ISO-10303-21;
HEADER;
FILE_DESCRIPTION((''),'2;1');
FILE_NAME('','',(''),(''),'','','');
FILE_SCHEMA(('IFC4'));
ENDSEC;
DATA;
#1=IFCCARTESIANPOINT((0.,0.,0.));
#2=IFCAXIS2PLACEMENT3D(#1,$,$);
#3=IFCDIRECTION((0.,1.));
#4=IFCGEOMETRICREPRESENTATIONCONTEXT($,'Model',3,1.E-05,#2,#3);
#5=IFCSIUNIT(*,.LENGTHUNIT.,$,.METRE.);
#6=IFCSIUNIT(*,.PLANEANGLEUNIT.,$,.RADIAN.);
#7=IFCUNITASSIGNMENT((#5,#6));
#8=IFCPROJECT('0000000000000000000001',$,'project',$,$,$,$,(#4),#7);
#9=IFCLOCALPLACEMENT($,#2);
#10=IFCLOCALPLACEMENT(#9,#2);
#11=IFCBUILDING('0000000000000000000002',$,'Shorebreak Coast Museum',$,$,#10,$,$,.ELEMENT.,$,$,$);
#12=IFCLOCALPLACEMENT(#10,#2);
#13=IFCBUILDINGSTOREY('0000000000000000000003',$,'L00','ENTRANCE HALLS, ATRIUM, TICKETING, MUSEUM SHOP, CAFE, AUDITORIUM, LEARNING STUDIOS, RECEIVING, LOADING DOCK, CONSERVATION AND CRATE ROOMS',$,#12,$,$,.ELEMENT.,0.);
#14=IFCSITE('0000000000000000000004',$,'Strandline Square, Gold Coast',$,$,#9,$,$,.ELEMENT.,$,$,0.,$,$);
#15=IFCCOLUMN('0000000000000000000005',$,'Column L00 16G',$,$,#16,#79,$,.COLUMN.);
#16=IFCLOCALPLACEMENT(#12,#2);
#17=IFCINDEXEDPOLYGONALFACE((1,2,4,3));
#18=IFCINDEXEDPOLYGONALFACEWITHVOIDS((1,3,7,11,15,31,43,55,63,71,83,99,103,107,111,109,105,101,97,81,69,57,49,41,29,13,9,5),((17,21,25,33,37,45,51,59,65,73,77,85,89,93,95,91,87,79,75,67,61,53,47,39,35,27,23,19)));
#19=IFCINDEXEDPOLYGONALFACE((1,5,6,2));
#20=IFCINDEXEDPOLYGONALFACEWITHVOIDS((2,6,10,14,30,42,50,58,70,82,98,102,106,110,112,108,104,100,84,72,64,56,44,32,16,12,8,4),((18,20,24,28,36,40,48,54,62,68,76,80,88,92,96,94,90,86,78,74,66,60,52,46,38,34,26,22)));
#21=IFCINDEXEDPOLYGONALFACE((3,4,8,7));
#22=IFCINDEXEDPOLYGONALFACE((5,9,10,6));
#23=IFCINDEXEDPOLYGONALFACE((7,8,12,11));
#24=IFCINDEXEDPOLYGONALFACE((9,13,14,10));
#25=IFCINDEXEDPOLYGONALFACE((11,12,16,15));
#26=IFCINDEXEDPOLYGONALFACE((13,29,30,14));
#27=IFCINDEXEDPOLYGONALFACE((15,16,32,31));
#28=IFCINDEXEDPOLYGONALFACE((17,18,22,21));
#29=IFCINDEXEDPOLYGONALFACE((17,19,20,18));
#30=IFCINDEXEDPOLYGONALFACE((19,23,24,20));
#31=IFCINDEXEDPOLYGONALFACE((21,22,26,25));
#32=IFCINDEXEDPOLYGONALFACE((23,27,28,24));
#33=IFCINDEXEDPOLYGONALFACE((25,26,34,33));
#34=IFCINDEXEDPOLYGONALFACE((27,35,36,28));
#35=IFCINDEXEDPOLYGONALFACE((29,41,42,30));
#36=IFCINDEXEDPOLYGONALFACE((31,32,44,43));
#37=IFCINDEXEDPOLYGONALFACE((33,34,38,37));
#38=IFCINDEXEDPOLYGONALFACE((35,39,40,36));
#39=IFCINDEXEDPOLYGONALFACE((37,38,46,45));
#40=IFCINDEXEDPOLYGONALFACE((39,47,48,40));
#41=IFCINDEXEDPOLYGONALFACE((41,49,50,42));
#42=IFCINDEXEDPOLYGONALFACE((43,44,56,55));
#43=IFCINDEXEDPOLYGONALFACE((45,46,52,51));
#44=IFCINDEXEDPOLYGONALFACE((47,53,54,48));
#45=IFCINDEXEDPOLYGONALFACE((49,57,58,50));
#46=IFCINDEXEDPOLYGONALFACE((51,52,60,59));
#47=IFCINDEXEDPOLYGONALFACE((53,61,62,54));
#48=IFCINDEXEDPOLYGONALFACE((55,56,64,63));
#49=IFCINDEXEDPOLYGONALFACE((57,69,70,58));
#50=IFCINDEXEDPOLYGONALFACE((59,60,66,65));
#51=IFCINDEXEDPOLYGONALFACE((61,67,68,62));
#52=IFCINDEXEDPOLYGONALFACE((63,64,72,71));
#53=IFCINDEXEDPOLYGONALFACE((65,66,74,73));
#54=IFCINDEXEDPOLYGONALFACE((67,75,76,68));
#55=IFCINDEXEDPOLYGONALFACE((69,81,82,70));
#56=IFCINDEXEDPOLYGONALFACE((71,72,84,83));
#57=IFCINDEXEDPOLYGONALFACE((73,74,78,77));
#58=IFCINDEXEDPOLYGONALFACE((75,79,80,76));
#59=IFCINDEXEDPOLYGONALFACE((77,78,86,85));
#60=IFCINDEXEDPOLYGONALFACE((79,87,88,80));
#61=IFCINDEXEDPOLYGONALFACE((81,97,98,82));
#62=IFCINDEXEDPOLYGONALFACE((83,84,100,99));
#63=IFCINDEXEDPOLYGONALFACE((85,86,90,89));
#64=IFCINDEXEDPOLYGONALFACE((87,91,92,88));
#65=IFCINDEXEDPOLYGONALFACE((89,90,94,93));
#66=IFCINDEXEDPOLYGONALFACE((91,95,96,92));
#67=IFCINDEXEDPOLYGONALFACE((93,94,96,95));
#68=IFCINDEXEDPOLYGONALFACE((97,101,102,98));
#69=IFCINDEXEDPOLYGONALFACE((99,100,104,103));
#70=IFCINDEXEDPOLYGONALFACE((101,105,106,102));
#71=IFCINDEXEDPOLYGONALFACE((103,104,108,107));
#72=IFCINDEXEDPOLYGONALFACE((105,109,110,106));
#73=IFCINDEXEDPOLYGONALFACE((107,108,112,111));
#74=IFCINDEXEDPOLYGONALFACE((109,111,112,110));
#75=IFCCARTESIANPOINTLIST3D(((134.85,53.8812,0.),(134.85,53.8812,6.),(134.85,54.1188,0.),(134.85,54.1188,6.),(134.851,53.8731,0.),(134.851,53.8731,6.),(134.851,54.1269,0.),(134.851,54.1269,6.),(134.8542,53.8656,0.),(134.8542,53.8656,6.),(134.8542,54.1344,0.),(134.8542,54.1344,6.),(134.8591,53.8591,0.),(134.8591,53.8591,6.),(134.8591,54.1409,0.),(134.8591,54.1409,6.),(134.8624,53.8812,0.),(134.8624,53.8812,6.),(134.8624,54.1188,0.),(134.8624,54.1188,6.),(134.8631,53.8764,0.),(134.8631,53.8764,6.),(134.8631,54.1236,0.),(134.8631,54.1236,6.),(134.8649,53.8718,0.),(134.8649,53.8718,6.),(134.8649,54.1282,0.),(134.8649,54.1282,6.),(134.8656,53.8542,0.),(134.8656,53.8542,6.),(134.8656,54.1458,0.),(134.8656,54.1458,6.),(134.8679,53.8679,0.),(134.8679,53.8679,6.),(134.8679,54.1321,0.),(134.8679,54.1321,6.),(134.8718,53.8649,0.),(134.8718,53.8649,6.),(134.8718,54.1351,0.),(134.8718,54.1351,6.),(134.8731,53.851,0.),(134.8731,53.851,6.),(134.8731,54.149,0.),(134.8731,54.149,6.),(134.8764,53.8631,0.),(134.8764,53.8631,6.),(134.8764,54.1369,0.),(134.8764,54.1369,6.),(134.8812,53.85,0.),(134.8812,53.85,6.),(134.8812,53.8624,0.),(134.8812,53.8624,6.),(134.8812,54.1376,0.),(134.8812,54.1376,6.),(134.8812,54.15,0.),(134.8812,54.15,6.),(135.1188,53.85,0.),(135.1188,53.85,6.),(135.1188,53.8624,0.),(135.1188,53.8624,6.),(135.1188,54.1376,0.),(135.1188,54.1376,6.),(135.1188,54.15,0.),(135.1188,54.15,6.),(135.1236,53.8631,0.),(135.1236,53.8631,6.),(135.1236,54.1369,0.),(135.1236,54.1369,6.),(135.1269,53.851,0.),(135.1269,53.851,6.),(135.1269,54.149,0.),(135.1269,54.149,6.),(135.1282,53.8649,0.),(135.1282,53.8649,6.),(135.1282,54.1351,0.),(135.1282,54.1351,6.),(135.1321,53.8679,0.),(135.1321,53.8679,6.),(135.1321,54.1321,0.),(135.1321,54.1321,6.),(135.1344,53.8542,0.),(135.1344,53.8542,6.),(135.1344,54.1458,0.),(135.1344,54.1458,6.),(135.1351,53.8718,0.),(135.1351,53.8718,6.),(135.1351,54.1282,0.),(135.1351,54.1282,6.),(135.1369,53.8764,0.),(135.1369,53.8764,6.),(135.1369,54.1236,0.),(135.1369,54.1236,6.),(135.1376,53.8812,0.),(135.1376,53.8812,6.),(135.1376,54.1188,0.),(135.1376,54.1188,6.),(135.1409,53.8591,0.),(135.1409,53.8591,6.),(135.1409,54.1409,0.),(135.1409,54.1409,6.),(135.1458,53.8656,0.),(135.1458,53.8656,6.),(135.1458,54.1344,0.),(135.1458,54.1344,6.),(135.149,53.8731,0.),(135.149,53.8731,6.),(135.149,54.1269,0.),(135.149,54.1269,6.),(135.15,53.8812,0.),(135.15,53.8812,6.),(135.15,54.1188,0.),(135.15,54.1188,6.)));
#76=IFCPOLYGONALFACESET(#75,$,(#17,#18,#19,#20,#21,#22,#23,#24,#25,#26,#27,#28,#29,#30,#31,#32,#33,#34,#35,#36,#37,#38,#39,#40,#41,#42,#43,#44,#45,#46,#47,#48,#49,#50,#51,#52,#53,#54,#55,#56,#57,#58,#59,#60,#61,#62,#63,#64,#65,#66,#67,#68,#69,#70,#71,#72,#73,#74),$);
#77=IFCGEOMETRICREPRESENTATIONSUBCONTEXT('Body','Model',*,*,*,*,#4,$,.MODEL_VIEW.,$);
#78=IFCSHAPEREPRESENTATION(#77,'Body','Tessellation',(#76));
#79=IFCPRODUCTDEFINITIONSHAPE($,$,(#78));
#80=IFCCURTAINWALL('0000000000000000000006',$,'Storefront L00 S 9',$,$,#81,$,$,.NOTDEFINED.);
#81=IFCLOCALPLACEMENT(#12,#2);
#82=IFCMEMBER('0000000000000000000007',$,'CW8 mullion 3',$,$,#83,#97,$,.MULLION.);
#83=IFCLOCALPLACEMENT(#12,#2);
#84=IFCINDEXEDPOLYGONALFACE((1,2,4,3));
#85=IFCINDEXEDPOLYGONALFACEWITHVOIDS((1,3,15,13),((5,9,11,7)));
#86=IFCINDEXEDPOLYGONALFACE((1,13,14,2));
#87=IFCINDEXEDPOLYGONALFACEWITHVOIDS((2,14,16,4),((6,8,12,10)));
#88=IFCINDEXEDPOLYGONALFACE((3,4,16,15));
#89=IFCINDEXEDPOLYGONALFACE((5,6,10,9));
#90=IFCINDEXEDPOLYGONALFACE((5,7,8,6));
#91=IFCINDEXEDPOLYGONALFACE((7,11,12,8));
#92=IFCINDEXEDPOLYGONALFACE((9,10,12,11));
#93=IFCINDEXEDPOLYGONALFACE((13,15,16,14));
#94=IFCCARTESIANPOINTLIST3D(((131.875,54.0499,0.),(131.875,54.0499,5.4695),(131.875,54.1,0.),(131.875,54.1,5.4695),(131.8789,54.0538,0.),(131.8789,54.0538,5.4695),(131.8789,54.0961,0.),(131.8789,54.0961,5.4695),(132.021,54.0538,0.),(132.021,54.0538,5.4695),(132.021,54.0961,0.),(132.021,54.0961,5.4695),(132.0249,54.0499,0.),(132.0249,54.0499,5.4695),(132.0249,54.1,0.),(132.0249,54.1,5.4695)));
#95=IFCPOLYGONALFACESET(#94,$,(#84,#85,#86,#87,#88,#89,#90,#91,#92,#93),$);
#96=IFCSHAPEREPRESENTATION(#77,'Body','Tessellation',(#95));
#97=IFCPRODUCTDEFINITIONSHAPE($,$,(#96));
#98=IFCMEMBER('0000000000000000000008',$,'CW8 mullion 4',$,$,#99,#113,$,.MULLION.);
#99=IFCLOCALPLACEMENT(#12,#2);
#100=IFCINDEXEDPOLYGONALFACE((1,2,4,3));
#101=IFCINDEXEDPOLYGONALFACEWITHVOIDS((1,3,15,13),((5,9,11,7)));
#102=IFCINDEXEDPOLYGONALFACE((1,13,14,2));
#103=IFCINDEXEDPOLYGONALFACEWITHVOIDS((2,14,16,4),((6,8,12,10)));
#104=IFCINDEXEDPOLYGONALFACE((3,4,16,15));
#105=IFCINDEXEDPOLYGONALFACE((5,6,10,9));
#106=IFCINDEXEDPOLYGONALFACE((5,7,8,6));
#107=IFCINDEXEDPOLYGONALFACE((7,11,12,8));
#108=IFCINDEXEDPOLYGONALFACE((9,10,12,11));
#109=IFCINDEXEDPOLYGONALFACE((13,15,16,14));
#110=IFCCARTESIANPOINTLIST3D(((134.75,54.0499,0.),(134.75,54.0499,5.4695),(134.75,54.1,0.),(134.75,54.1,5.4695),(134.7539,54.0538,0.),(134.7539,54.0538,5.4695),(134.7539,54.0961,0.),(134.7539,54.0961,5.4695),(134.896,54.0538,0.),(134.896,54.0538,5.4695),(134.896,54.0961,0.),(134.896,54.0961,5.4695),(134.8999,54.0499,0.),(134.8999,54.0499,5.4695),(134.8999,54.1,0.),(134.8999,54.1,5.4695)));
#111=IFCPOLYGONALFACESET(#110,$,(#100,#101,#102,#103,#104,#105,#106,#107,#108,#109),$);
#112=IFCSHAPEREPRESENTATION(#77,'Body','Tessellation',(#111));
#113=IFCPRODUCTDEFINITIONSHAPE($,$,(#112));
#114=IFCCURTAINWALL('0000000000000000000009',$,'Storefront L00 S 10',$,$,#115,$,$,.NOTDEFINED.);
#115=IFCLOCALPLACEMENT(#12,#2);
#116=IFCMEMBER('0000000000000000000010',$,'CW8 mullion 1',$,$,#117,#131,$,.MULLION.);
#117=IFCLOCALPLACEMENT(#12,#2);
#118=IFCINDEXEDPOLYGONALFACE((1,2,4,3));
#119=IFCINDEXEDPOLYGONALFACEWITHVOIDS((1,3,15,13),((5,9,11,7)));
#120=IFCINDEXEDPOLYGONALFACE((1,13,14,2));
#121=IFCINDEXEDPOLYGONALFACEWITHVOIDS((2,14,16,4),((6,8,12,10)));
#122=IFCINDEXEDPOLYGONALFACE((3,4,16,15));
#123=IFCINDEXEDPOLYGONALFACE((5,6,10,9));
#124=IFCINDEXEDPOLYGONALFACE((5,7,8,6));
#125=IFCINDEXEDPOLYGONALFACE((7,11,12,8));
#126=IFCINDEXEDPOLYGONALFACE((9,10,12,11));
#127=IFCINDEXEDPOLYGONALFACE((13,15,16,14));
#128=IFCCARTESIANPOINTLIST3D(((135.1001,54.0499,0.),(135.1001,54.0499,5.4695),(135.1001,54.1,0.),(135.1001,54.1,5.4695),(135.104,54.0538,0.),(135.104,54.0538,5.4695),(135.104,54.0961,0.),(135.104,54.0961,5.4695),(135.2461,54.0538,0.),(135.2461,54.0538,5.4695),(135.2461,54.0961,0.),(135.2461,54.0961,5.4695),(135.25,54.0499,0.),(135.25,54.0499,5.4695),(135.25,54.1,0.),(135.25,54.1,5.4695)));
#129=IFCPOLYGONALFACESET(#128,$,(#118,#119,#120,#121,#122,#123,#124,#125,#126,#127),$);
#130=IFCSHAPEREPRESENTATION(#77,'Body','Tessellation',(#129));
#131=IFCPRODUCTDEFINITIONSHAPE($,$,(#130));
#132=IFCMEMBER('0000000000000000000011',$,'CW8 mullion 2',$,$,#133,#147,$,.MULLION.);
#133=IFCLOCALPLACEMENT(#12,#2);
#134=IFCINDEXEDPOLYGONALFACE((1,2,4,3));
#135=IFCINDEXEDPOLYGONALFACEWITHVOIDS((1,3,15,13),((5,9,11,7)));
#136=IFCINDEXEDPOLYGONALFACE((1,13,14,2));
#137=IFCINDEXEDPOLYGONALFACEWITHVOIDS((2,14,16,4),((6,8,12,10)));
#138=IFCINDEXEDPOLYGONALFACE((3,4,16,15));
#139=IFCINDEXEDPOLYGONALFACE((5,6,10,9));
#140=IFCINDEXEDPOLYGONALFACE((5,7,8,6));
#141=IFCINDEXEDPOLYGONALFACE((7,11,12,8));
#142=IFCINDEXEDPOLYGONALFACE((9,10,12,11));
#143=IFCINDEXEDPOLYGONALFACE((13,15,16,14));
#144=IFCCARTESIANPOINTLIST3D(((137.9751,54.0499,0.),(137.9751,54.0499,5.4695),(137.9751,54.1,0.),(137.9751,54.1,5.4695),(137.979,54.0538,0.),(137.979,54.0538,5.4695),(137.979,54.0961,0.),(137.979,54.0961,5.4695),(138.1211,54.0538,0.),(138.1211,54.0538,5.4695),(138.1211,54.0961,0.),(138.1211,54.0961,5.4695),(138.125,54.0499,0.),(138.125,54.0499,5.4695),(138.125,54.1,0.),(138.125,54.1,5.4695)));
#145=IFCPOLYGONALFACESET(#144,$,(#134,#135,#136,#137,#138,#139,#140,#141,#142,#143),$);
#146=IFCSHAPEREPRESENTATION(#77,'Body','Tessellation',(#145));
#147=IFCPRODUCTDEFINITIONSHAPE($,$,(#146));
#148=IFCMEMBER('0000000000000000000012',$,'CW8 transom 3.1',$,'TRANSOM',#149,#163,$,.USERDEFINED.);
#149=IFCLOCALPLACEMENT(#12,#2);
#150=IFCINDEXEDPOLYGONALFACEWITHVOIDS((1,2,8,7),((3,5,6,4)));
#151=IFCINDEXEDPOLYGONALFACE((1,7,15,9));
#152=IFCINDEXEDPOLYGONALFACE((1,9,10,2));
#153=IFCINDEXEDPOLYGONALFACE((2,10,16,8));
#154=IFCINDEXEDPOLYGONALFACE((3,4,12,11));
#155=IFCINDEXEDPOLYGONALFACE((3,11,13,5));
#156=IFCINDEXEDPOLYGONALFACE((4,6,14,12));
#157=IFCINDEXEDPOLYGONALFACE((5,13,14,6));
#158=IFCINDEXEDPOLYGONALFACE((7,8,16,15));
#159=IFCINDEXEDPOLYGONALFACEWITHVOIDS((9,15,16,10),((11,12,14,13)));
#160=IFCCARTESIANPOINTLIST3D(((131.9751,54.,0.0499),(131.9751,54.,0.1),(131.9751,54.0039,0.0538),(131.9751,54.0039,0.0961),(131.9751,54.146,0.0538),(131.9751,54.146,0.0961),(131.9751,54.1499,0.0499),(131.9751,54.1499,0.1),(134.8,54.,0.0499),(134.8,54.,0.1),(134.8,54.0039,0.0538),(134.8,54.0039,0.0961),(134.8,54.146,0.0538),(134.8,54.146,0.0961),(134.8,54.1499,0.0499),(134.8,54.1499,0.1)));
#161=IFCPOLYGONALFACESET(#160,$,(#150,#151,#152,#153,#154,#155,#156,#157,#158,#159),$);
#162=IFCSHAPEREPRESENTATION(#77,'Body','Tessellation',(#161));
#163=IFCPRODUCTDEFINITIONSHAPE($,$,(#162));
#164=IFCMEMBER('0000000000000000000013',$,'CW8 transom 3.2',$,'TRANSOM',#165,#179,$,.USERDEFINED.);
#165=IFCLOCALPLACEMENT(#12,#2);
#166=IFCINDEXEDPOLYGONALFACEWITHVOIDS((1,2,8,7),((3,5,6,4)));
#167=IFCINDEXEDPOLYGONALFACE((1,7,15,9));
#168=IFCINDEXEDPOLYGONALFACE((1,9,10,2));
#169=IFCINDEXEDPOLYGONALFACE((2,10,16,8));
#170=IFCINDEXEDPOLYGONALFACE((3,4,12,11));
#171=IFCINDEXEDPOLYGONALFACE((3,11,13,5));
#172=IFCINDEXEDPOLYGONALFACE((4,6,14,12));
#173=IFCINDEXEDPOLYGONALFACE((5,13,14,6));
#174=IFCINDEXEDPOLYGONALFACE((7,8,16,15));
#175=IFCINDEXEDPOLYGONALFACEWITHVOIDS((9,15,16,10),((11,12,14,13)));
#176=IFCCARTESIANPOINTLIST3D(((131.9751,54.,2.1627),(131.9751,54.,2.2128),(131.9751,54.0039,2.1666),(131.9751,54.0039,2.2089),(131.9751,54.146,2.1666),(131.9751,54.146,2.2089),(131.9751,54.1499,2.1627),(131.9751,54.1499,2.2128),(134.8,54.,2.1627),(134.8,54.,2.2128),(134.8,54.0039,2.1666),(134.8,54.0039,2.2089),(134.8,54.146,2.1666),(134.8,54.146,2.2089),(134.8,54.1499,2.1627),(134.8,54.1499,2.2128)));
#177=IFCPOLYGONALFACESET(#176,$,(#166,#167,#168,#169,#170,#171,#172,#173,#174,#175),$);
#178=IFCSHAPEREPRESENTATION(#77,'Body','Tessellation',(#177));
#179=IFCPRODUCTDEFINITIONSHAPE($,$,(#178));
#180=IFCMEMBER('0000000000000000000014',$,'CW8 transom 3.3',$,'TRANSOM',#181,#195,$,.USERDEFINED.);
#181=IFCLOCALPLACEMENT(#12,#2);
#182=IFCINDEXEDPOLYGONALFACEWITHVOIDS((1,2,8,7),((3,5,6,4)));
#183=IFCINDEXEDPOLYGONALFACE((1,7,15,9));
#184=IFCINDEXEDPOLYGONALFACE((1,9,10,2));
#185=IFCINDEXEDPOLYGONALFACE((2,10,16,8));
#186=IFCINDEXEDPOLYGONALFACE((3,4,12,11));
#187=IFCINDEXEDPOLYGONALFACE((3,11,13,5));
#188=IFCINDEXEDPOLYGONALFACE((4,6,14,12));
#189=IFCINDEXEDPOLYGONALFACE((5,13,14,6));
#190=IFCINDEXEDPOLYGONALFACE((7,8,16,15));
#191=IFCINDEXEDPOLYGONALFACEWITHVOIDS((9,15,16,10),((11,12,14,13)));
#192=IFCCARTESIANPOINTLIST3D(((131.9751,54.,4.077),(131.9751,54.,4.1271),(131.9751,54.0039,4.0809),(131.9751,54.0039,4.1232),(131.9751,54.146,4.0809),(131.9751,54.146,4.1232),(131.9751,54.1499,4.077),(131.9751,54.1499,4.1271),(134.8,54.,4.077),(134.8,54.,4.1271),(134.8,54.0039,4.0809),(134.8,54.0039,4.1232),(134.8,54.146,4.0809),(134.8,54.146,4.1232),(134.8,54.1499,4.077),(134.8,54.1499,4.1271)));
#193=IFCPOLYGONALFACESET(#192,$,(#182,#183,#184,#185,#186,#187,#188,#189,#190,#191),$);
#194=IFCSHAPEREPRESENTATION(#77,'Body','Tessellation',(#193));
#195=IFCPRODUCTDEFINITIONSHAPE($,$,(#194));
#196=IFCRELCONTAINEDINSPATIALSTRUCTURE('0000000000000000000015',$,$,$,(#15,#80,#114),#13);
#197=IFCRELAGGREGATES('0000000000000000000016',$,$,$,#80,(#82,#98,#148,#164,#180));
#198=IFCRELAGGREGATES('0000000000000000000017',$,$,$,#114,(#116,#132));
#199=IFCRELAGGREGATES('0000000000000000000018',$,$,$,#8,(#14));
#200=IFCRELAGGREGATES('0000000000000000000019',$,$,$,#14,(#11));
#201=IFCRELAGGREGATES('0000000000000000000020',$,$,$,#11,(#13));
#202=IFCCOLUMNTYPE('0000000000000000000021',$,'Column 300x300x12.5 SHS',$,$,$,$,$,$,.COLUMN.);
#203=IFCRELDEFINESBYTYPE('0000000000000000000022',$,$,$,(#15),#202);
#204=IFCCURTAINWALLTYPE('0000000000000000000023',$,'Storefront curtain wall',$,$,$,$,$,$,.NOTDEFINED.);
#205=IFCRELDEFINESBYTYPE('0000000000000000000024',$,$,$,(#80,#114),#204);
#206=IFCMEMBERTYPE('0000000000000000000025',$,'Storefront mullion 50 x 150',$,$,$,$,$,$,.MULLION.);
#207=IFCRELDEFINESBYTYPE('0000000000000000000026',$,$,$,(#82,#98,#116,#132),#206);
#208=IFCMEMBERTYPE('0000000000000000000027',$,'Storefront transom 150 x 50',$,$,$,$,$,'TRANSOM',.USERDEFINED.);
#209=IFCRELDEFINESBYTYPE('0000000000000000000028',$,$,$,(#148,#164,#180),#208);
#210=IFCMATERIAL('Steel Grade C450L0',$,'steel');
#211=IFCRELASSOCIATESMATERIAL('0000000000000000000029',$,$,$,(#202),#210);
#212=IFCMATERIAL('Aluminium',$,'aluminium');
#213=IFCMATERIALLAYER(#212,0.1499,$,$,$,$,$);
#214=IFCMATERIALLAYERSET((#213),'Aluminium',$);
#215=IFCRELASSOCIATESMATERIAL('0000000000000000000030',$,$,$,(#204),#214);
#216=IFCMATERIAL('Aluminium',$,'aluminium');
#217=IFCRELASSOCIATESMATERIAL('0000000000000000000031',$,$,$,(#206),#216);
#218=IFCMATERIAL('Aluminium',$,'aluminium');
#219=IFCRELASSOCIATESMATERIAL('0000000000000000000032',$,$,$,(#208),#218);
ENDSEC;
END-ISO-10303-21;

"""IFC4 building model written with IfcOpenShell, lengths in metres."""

from ifc_helpers import new_model, si_unit, direction, frame, origin, origin_2d, place, context, subcontext, project, spatial, hollow_rectangle, extrude, material, layer, layer_set, material_profile, profile_set, type_object, element, aggregate, save


model = new_model("IFC4")

# Units and contexts
model_context = context("Model", 3, precision=1e-05, world=origin(), true_north=direction((0.0, 1.0)))
body_context = subcontext(model_context, "Body", "Model", "MODEL_VIEW")
ifc_project = project(units=[si_unit("LENGTHUNIT", "METRE"), si_unit("PLANEANGLEUNIT", "RADIAN")], contexts=[model_context])

# Site, building, storey
site_placement = place(None, origin())
site = spatial("IfcSite", under=ifc_project, at=site_placement, Name="Strandline Square, Gold Coast", CompositionType="ELEMENT", RefElevation=0.0)
building_placement = place(site_placement, origin())
building = spatial("IfcBuilding", under=site, at=building_placement, Name="Shorebreak Coast Museum", CompositionType="ELEMENT")
storey_placement = place(building_placement, origin())
storey = spatial("IfcBuildingStorey", under=building, at=storey_placement, Name="L00", Description="ENTRANCE HALLS, ATRIUM, TICKETING, MUSEUM SHOP, CAFE, AUDITORIUM, LEARNING STUDIOS, RECEIVING, LOADING DOCK, CONSERVATION AND CRATE ROOMS", CompositionType="ELEMENT", Elevation=0.0)

# Column
ifc_material_1 = material(Name="Steel Grade C450L0", Category="steel")
ifc_material_profile_1 = material_profile(ifc_material_1, hollow_rectangle(XDim=0.3, YDim=0.3, WallThickness=0.0125, InnerFilletRadius=0.0188, OuterFilletRadius=0.0312, at=origin_2d()), Name="300x300x12.5 SHS")
ifc_profile_set_1 = profile_set([ifc_material_profile_1], Name="Steel Grade C450L0")
column_type = type_object("IfcColumnType", Name="Column 300x300x12.5 SHS", PredefinedType="COLUMN", material=ifc_profile_set_1)
column_placement = place(storey_placement, frame((135.0, 54.0, 0.0), z_axis=(0.0, 0.0, 1.0), x_axis=(1.0, 0.0, 0.0)))
element("IfcColumn", 1, at=column_placement, inside=storey, type_object=column_type, Name="Column L00 16G", PredefinedType="COLUMN", context=body_context, shape_type="SweptSolid", body=[
    extrude(hollow_rectangle(XDim=0.3, YDim=0.3, WallThickness=0.0125, InnerFilletRadius=0.0188, OuterFilletRadius=0.0312, at=origin_2d()), origin(), (0.0, 0.0, 1.0), 6.0),
])

# Curtain walls, members
ifc_material_2 = material(Name="Aluminium", Category="aluminium")
ifc_layer_1 = layer(ifc_material_2, 0.1499)
ifc_layer_set_1 = layer_set([ifc_layer_1], Name="Aluminium")
curtain_wall_type = type_object("IfcCurtainWallType", Name="Storefront curtain wall", PredefinedType="NOTDEFINED", material=ifc_layer_set_1)
curtain_wall_1_placement = place(storey_placement, origin())
curtain_wall_1 = element("IfcCurtainWall", 2, at=curtain_wall_1_placement, inside=storey, type_object=curtain_wall_type, Name="Storefront L00 S 9", PredefinedType="NOTDEFINED")
ifc_material_3 = material(Name="Aluminium", Category="aluminium")
ifc_material_profile_2 = material_profile(ifc_material_3, hollow_rectangle(XDim=0.05, YDim=0.1499, WallThickness=0.0039, at=origin_2d()), Name="AL 150x50 RHS")
ifc_profile_set_2 = profile_set([ifc_material_profile_2], Name="Aluminium")
member_type_1 = type_object("IfcMemberType", Name="Storefront mullion 50 x 150", PredefinedType="MULLION", material=ifc_profile_set_2)
member_1_placement = place(storey_placement, frame((131.95, 54.075, 0.0), z_axis=(0.0, 0.0, 1.0), x_axis=(0.0, 1.0, 0.0)))
member_1 = element("IfcMember", 3, at=member_1_placement, type_object=member_type_1, Name="CW8 mullion 3", PredefinedType="MULLION", context=body_context, shape_type="SweptSolid", body=[
    extrude(hollow_rectangle(XDim=0.05, YDim=0.1499, WallThickness=0.0039, at=origin_2d()), origin(), (0.0, 0.0, 1.0), 5.4695),
])
member_2_placement = place(storey_placement, frame((134.825, 54.075, 0.0), z_axis=(0.0, 0.0, 1.0), x_axis=(0.0, 1.0, 0.0)))
member_2 = element("IfcMember", 4, at=member_2_placement, type_object=member_type_1, Name="CW8 mullion 4", PredefinedType="MULLION", context=body_context, shape_type="SweptSolid", body=[
    extrude(hollow_rectangle(XDim=0.05, YDim=0.1499, WallThickness=0.0039, at=origin_2d()), origin(), (0.0, 0.0, 1.0), 5.4695),
])
curtain_wall_2_placement = place(storey_placement, origin())
curtain_wall_2 = element("IfcCurtainWall", 5, at=curtain_wall_2_placement, inside=storey, type_object=curtain_wall_type, Name="Storefront L00 S 10", PredefinedType="NOTDEFINED")
member_3_placement = place(storey_placement, frame((135.175, 54.075, 0.0), z_axis=(0.0, 0.0, 1.0), x_axis=(0.0, 1.0, 0.0)))
member_3 = element("IfcMember", 6, at=member_3_placement, type_object=member_type_1, Name="CW8 mullion 1", PredefinedType="MULLION", context=body_context, shape_type="SweptSolid", body=[
    extrude(hollow_rectangle(XDim=0.05, YDim=0.1499, WallThickness=0.0039, at=origin_2d()), origin(), (0.0, 0.0, 1.0), 5.4695),
])
member_4_placement = place(storey_placement, frame((138.05, 54.075, 0.0), z_axis=(0.0, 0.0, 1.0), x_axis=(0.0, 1.0, 0.0)))
member_4 = element("IfcMember", 7, at=member_4_placement, type_object=member_type_1, Name="CW8 mullion 2", PredefinedType="MULLION", context=body_context, shape_type="SweptSolid", body=[
    extrude(hollow_rectangle(XDim=0.05, YDim=0.1499, WallThickness=0.0039, at=origin_2d()), origin(), (0.0, 0.0, 1.0), 5.4695),
])

# Members
ifc_material_4 = material(Name="Aluminium", Category="aluminium")
ifc_material_profile_3 = material_profile(ifc_material_4, hollow_rectangle(XDim=0.1499, YDim=0.05, WallThickness=0.0039, at=origin_2d()), Name="AL 50x150 RHS")
ifc_profile_set_3 = profile_set([ifc_material_profile_3], Name="Aluminium")
member_type_2 = type_object("IfcMemberType", Name="Storefront transom 150 x 50", ElementType="TRANSOM", PredefinedType="USERDEFINED", material=ifc_profile_set_3)
member_5_placement = place(storey_placement, frame((131.9751, 54.075, 0.075), z_axis=(1.0, 0.0, 0.0), x_axis=(0.0, 1.0, 0.0)))
member_5 = element("IfcMember", 8, at=member_5_placement, type_object=member_type_2, Name="CW8 transom 3.1", ObjectType="TRANSOM", PredefinedType="USERDEFINED", context=body_context, shape_type="SweptSolid", body=[
    extrude(hollow_rectangle(XDim=0.1499, YDim=0.05, WallThickness=0.0039, at=origin_2d()), origin(), (0.0, 0.0, 1.0), 2.825),
])
member_6_placement = place(storey_placement, frame((131.9751, 54.075, 2.1877), z_axis=(1.0, 0.0, 0.0), x_axis=(0.0, 1.0, 0.0)))
member_6 = element("IfcMember", 9, at=member_6_placement, type_object=member_type_2, Name="CW8 transom 3.2", ObjectType="TRANSOM", PredefinedType="USERDEFINED", context=body_context, shape_type="SweptSolid", body=[
    extrude(hollow_rectangle(XDim=0.1499, YDim=0.05, WallThickness=0.0039, at=origin_2d()), origin(), (0.0, 0.0, 1.0), 2.825),
])
member_7_placement = place(storey_placement, frame((131.9751, 54.075, 4.1021), z_axis=(1.0, 0.0, 0.0), x_axis=(0.0, 1.0, 0.0)))
member_7 = element("IfcMember", 10, at=member_7_placement, type_object=member_type_2, Name="CW8 transom 3.3", ObjectType="TRANSOM", PredefinedType="USERDEFINED", context=body_context, shape_type="SweptSolid", body=[
    extrude(hollow_rectangle(XDim=0.1499, YDim=0.05, WallThickness=0.0039, at=origin_2d()), origin(), (0.0, 0.0, 1.0), 2.825),
])

aggregate(curtain_wall_1, [member_1, member_2, member_5, member_6, member_7])
aggregate(curtain_wall_2, [member_3, member_4])

save(model, "model.ifc")
